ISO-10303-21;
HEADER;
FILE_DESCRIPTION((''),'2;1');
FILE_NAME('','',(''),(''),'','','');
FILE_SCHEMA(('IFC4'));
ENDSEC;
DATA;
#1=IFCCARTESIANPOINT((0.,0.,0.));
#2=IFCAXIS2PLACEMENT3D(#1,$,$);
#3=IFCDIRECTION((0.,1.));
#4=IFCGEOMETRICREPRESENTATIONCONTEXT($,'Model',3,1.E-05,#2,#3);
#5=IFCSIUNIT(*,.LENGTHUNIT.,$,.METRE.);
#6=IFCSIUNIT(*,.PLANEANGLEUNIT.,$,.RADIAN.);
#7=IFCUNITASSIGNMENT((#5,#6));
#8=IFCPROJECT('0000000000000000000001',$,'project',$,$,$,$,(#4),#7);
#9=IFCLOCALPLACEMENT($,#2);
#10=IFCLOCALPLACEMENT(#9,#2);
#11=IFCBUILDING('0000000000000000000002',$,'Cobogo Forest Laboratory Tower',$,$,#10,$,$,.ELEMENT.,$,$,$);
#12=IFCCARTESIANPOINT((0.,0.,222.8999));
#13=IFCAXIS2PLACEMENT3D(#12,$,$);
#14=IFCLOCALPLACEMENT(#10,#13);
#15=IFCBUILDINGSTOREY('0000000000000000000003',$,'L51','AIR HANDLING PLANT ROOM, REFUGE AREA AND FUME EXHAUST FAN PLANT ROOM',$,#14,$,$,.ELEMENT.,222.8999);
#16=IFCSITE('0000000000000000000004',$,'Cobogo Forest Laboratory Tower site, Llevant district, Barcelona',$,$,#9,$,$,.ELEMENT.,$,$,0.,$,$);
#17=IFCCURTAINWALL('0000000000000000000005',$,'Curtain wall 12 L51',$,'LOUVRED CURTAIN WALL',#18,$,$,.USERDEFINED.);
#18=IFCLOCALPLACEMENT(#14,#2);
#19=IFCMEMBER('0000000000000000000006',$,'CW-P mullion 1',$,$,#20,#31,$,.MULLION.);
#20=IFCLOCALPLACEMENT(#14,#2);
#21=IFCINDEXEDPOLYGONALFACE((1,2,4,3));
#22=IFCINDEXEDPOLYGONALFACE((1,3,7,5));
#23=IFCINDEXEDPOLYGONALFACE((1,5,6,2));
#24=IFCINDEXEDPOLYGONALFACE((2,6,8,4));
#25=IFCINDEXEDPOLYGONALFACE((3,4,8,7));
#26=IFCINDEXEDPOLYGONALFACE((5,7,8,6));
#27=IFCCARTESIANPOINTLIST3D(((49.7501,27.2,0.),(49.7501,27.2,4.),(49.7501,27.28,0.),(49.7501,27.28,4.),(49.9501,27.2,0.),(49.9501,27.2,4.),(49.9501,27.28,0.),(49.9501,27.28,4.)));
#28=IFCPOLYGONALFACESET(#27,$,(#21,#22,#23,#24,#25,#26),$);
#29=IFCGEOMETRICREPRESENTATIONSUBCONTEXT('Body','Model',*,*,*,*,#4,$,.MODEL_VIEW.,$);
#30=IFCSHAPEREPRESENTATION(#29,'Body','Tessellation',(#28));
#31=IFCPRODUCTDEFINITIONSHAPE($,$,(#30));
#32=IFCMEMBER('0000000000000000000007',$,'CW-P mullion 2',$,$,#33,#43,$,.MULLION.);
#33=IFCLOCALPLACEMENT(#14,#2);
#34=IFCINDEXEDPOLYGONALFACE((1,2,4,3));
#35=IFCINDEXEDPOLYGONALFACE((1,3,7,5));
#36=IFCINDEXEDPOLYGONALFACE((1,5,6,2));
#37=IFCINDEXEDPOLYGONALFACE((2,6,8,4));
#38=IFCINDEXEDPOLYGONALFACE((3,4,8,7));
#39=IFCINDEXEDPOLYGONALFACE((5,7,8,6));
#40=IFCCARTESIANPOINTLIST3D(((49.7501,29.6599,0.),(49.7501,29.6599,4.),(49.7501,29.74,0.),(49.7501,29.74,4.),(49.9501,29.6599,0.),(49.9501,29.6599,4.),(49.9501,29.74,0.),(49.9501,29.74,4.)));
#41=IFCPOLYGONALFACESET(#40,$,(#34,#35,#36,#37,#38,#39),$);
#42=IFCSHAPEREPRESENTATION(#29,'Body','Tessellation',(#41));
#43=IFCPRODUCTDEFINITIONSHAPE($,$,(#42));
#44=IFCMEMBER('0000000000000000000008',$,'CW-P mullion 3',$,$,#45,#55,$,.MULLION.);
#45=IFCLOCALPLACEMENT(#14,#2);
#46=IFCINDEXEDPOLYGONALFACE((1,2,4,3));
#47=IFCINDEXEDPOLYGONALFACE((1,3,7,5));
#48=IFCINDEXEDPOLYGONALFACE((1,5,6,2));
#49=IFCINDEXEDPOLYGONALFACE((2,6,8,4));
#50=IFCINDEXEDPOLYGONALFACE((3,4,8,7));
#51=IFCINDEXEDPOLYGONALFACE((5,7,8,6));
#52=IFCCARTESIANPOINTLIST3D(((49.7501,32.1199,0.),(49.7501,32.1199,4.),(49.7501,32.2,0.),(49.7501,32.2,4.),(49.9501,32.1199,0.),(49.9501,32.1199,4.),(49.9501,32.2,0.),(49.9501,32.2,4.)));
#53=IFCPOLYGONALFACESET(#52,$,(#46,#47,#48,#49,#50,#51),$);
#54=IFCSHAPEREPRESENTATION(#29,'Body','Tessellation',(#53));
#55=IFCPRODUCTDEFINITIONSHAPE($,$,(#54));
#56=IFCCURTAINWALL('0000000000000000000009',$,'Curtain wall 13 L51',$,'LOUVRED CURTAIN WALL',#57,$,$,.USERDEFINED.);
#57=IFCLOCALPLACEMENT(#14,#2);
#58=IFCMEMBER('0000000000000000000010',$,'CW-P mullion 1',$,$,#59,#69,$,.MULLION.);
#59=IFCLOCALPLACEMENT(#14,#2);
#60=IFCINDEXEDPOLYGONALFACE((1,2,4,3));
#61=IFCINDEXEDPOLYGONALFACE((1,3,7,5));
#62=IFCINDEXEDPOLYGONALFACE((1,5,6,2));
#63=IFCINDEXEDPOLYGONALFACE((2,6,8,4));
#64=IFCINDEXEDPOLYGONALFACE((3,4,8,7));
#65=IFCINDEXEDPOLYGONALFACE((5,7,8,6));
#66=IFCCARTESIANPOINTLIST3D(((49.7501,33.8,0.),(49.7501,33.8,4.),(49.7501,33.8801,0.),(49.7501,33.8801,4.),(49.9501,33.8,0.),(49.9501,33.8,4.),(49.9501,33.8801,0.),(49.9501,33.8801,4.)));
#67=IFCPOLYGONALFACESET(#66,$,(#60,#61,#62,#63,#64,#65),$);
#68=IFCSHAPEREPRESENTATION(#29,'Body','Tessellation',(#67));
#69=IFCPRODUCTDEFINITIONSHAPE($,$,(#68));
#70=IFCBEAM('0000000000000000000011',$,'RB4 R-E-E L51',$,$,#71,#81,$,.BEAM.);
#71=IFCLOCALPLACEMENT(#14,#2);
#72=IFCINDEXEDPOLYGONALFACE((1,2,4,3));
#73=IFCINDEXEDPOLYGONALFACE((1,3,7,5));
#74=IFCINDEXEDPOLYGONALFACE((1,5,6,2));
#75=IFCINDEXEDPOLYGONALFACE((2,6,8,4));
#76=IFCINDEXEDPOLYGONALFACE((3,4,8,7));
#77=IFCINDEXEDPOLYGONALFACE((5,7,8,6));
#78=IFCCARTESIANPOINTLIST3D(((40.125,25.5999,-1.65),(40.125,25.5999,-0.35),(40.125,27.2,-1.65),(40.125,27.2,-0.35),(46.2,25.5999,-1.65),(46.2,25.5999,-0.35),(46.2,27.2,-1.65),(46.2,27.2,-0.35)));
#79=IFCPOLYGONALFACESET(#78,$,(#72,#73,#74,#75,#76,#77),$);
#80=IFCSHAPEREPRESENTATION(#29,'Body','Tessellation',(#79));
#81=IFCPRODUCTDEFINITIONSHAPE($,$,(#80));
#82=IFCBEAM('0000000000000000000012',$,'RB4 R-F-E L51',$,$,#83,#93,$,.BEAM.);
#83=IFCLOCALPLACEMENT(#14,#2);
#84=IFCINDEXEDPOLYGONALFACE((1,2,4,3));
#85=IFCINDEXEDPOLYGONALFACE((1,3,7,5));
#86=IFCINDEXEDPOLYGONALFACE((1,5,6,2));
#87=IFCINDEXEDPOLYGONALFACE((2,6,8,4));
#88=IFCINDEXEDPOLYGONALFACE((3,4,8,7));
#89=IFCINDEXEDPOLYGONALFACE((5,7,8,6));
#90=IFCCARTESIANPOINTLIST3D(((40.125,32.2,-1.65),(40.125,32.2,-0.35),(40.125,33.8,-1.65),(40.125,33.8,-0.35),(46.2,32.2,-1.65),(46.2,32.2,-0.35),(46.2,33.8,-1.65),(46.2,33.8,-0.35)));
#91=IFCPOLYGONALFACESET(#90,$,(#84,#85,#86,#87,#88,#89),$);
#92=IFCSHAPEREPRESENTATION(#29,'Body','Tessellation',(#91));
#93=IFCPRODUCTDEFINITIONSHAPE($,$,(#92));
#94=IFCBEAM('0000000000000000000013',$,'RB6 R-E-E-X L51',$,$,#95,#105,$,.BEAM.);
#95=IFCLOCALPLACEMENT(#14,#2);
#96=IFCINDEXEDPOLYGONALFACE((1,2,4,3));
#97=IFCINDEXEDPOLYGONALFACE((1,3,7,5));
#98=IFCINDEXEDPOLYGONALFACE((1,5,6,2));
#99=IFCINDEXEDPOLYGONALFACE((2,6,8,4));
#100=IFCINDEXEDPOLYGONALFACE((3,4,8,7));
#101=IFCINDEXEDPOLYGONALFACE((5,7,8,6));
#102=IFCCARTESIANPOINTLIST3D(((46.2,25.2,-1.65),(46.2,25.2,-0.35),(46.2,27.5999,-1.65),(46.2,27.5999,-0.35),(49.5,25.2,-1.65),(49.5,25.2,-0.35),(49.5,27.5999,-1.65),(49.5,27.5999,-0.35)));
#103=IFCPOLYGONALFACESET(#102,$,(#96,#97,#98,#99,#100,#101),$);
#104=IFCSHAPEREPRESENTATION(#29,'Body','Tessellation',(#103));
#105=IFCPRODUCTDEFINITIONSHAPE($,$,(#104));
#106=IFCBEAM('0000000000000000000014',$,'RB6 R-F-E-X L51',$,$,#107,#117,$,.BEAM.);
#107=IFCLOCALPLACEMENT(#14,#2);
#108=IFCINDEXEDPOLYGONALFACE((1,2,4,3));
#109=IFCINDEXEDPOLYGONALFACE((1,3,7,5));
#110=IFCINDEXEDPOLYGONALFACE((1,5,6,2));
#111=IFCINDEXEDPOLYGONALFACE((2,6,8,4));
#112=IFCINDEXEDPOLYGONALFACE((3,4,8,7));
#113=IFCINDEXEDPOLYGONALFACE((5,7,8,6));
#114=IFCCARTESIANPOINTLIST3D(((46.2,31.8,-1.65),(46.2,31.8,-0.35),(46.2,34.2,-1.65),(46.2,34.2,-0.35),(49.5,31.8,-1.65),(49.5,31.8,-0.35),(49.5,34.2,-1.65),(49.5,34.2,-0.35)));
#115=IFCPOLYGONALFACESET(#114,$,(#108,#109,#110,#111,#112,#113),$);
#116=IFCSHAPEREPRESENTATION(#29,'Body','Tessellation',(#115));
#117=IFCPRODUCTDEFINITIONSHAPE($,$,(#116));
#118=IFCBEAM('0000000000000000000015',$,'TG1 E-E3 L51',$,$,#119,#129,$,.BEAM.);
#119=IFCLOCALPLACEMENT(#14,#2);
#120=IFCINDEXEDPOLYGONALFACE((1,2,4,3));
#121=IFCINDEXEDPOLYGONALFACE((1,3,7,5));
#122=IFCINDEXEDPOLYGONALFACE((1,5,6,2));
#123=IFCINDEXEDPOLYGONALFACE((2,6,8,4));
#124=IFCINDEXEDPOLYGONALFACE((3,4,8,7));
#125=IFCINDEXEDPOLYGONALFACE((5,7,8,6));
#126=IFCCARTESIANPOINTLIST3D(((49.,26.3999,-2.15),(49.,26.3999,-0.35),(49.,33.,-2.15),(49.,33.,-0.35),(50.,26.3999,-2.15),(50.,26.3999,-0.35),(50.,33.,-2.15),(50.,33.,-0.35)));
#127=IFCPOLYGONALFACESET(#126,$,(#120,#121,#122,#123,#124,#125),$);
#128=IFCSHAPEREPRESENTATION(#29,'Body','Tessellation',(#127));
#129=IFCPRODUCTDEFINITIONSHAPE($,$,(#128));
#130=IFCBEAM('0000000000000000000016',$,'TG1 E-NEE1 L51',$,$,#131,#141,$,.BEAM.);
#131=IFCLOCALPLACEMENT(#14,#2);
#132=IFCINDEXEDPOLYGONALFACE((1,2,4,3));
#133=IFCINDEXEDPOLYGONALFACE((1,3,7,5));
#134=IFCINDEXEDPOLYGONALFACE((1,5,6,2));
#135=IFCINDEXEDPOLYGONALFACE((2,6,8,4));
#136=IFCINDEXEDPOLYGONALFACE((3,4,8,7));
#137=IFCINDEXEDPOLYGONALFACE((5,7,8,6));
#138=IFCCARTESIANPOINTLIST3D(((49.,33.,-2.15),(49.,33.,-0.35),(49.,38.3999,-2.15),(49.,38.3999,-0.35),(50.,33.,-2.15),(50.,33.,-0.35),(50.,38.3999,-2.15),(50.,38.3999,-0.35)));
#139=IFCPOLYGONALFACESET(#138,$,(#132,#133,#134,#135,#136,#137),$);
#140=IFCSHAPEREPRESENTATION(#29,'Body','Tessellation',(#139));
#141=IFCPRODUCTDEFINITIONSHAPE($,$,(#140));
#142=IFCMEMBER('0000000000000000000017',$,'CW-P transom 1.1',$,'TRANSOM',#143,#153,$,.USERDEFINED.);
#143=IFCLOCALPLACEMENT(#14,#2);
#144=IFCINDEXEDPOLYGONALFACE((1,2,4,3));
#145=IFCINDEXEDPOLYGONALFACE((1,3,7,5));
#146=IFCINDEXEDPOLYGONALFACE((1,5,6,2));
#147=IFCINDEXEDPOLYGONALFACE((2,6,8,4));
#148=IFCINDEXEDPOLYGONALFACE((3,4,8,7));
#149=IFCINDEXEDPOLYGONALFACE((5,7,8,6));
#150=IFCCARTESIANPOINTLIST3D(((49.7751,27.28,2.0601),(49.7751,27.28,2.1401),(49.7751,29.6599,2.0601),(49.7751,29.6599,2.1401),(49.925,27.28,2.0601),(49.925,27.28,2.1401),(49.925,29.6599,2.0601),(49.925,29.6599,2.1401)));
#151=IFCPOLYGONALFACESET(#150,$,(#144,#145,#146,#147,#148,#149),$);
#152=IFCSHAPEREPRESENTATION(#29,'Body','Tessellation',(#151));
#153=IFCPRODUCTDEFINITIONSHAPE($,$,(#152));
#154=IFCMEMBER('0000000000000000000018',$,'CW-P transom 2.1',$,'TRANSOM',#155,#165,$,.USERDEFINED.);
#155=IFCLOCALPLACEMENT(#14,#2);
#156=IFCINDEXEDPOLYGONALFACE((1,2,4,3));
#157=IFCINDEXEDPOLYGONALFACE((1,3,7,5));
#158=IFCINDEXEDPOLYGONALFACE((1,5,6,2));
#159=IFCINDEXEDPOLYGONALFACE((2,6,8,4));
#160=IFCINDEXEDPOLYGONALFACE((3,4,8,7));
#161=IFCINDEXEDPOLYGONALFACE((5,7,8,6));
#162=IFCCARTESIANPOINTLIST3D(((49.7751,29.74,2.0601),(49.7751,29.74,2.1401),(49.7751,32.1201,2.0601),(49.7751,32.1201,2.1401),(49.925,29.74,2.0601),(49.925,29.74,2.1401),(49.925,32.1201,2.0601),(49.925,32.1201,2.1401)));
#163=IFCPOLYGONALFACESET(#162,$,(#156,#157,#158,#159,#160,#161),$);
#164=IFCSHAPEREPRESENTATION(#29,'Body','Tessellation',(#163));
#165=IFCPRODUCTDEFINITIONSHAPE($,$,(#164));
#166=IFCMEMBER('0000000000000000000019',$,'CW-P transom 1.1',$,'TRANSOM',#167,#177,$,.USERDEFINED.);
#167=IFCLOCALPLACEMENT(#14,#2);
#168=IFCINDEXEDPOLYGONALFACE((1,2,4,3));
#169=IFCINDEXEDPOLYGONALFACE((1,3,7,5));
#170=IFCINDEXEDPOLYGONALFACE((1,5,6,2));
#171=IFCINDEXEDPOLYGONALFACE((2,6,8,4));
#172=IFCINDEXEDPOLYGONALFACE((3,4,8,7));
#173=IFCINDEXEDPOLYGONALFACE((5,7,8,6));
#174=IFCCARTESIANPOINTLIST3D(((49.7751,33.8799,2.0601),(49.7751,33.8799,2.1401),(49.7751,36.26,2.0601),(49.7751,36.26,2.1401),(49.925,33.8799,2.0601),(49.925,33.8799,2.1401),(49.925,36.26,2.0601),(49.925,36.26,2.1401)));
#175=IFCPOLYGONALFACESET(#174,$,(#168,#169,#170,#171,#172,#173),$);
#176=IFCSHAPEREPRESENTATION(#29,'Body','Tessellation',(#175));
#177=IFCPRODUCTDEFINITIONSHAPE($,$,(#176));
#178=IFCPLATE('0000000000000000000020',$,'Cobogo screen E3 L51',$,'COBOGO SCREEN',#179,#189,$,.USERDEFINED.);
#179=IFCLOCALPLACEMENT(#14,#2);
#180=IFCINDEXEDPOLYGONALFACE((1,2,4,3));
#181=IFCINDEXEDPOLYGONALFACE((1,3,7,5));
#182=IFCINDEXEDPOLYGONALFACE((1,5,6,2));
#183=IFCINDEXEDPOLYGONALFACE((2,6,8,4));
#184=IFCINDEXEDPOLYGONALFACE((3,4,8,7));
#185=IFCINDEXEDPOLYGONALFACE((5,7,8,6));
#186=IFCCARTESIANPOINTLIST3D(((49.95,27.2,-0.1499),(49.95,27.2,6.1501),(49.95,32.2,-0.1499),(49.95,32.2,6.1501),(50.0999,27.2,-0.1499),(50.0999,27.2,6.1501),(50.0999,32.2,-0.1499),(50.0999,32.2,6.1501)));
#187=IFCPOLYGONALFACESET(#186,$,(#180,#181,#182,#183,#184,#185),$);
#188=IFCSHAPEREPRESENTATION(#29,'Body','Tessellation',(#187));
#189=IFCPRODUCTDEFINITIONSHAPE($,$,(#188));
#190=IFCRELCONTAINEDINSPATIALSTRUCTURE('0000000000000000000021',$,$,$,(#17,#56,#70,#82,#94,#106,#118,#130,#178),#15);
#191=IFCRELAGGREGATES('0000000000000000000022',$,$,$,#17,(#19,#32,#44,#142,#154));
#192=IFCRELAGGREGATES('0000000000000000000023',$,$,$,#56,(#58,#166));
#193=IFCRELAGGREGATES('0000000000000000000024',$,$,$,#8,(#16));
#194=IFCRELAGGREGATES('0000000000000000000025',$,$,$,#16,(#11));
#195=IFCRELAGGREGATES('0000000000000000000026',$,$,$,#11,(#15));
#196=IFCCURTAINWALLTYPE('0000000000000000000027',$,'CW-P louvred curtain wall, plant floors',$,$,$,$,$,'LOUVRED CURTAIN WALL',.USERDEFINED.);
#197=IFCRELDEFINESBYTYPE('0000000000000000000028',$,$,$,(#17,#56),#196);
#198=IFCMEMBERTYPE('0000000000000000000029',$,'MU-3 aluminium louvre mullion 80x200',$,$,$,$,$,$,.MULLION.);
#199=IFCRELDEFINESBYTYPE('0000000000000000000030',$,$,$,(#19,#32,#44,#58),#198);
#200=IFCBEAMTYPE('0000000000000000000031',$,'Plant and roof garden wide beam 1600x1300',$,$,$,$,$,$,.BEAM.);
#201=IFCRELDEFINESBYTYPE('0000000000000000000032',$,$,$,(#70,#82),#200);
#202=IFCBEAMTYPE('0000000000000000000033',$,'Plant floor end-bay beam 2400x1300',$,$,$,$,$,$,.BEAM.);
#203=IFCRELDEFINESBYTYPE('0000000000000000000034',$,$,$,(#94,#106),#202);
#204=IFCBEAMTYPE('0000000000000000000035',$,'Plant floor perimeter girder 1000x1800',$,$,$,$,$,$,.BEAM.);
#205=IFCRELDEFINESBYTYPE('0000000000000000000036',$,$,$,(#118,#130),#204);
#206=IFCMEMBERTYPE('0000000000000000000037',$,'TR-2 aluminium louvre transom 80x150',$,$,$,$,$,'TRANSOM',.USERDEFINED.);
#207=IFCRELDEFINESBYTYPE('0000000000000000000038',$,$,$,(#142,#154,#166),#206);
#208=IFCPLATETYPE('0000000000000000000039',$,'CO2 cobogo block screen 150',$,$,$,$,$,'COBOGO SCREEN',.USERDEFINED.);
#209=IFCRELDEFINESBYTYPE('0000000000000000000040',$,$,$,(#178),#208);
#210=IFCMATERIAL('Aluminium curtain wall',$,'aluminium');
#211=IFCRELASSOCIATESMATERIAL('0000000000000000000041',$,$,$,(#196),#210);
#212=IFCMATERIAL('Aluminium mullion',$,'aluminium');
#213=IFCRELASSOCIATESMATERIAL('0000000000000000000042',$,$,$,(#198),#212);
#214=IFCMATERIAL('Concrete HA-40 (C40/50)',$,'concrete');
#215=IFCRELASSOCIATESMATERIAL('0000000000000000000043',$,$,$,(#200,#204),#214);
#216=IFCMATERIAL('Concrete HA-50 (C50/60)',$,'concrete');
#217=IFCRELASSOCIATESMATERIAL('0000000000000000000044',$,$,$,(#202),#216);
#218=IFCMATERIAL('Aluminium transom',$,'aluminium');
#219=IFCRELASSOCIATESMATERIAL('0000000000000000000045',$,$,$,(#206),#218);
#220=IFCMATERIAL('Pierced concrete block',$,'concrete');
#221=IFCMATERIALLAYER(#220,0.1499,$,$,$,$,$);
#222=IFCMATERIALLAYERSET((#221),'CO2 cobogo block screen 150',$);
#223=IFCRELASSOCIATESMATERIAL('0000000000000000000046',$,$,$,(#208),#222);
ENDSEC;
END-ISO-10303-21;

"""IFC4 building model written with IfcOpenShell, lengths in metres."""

from ifc_helpers import new_model, si_unit, direction, frame, origin, origin_2d, place, context, subcontext, project, spatial, rectangle, extrude, material, layer, layer_set, material_profile, profile_set, type_object, element, aggregate, save


model = new_model("IFC4")

# Units and contexts
model_context = context("Model", 3, precision=1e-05, world=origin(), true_north=direction((0.0, 1.0)))
body_context = subcontext(model_context, "Body", "Model", "MODEL_VIEW")
ifc_project = project(units=[si_unit("LENGTHUNIT", "METRE"), si_unit("PLANEANGLEUNIT", "RADIAN")], contexts=[model_context])

# Site, building, storey
site_placement = place(None, origin())
site = spatial("IfcSite", under=ifc_project, at=site_placement, Name="Cobogo Forest Laboratory Tower site, Llevant district, Barcelona", CompositionType="ELEMENT", RefElevation=0.0)
building_placement = place(site_placement, origin())
building = spatial("IfcBuilding", under=site, at=building_placement, Name="Cobogo Forest Laboratory Tower", CompositionType="ELEMENT")
storey_placement = place(building_placement, frame((0.0, 0.0, 222.8999)))
storey = spatial("IfcBuildingStorey", under=building, at=storey_placement, Name="L51", Description="AIR HANDLING PLANT ROOM, REFUGE AREA AND FUME EXHAUST FAN PLANT ROOM", CompositionType="ELEMENT", Elevation=222.8999)

# Shared definitions
ifc_material_1 = material(Name="Concrete HA-50 (C50/60)", Category="concrete")

# Shared definitions
ifc_material_2 = material(Name="Aluminium curtain wall", Category="aluminium")
curtain_wall_type = type_object("IfcCurtainWallType", Name="CW-P louvred curtain wall, plant floors", ElementType="LOUVRED CURTAIN WALL", PredefinedType="USERDEFINED", material=ifc_material_2)
ifc_material_3 = material(Name="Aluminium mullion", Category="aluminium")
ifc_material_profile_1 = material_profile(ifc_material_3, rectangle(XDim=0.0801, YDim=0.2, at=origin_2d()), Name="AL 80x200")
ifc_profile_set_1 = profile_set([ifc_material_profile_1], Name="Aluminium mullion")
member_type_1 = type_object("IfcMemberType", Name="MU-3 aluminium louvre mullion 80x200", PredefinedType="MULLION", material=ifc_profile_set_1)

# Curtain wall, members
curtain_wall_1_placement = place(storey_placement, origin())
curtain_wall_1 = element("IfcCurtainWall", 1, at=curtain_wall_1_placement, inside=storey, type_object=curtain_wall_type, Name="Curtain wall 12 L51", ObjectType="LOUVRED CURTAIN WALL", PredefinedType="USERDEFINED")
member_1_placement = place(storey_placement, frame((49.8501, 27.24, 0.0), z_axis=(0.0, 0.0, 1.0), x_axis=(0.0, 1.0, 0.0)))
member_1 = element("IfcMember", 2, at=member_1_placement, type_object=member_type_1, Name="CW-P mullion 1", PredefinedType="MULLION", context=body_context, shape_type="SweptSolid", body=[
    extrude(rectangle(XDim=0.0801, YDim=0.2, at=origin_2d()), origin(), (0.0, 0.0, 1.0), 4.0),
])
member_2_placement = place(storey_placement, frame((49.8501, 29.7, 0.0), z_axis=(0.0, 0.0, 1.0), x_axis=(0.0, 1.0, 0.0)))
member_2 = element("IfcMember", 3, at=member_2_placement, type_object=member_type_1, Name="CW-P mullion 2", PredefinedType="MULLION", context=body_context, shape_type="SweptSolid", body=[
    extrude(rectangle(XDim=0.0801, YDim=0.2, at=origin_2d()), origin(), (0.0, 0.0, 1.0), 4.0),
])
member_3_placement = place(storey_placement, frame((49.8501, 32.1599, 0.0), z_axis=(0.0, 0.0, 1.0), x_axis=(0.0, 1.0, 0.0)))
member_3 = element("IfcMember", 4, at=member_3_placement, type_object=member_type_1, Name="CW-P mullion 3", PredefinedType="MULLION", context=body_context, shape_type="SweptSolid", body=[
    extrude(rectangle(XDim=0.0801, YDim=0.2, at=origin_2d()), origin(), (0.0, 0.0, 1.0), 4.0),
])

# Curtain wall, member
curtain_wall_2_placement = place(storey_placement, origin())
curtain_wall_2 = element("IfcCurtainWall", 5, at=curtain_wall_2_placement, inside=storey, type_object=curtain_wall_type, Name="Curtain wall 13 L51", ObjectType="LOUVRED CURTAIN WALL", PredefinedType="USERDEFINED")
member_4_placement = place(storey_placement, frame((49.8501, 33.8401, 0.0), z_axis=(0.0, 0.0, 1.0), x_axis=(0.0, 1.0, 0.0)))
member_4 = element("IfcMember", 6, at=member_4_placement, type_object=member_type_1, Name="CW-P mullion 1", PredefinedType="MULLION", context=body_context, shape_type="SweptSolid", body=[
    extrude(rectangle(XDim=0.0801, YDim=0.2, at=origin_2d()), origin(), (0.0, 0.0, 1.0), 4.0),
])

# Beams
ifc_material_4 = material(Name="Concrete HA-40 (C40/50)", Category="concrete")
ifc_material_profile_2 = material_profile(ifc_material_4, rectangle(XDim=1.6001, YDim=1.3, at=origin_2d()), Name="RC 1600x1300")
ifc_profile_set_2 = profile_set([ifc_material_profile_2], Name="Concrete HA-40 (C40/50)")
beam_type_1 = type_object("IfcBeamType", Name="Plant and roof garden wide beam 1600x1300", PredefinedType="BEAM", material=ifc_profile_set_2)
for number, where, z_axis, x_axis, name in (
    (7, (40.125, 26.3999, -1.0), (1.0, 0.0, 0.0), (0.0, 1.0, 0.0), "RB4 R-E-E L51"),
    (8, (40.125, 33.0, -1.0), (1.0, 0.0, 0.0), (0.0, 1.0, 0.0), "RB4 R-F-E L51"),
):
    element("IfcBeam", number, at=place(storey_placement, frame(where, z_axis=z_axis, x_axis=x_axis)), inside=storey, type_object=beam_type_1, Name=name, PredefinedType="BEAM", context=body_context, shape_type="SweptSolid", body=[
        extrude(rectangle(XDim=1.6001, YDim=1.3, at=origin_2d()), origin(), (0.0, 0.0, 1.0), 6.075),
    ])
ifc_material_profile_3 = material_profile(ifc_material_1, rectangle(XDim=2.3999, YDim=1.3, at=origin_2d()), Name="RC 2400x1300")
ifc_profile_set_3 = profile_set([ifc_material_profile_3], Name="Concrete HA-50 (C50/60)")
beam_type_2 = type_object("IfcBeamType", Name="Plant floor end-bay beam 2400x1300", PredefinedType="BEAM", material=ifc_profile_set_3)
for number, where, z_axis, x_axis, name in (
    (9, (49.5, 26.3999, -1.0), (-1.0, 0.0, 0.0), (0.0, -1.0, 0.0), "RB6 R-E-E-X L51"),
    (10, (49.5, 33.0, -1.0), (-1.0, 0.0, 0.0), (0.0, -1.0, 0.0), "RB6 R-F-E-X L51"),
):
    element("IfcBeam", number, at=place(storey_placement, frame(where, z_axis=z_axis, x_axis=x_axis)), inside=storey, type_object=beam_type_2, Name=name, PredefinedType="BEAM", context=body_context, shape_type="SweptSolid", body=[
        extrude(rectangle(XDim=2.3999, YDim=1.3, at=origin_2d()), origin(), (0.0, 0.0, 1.0), 3.3),
    ])
ifc_material_profile_4 = material_profile(ifc_material_4, rectangle(XDim=1.0, YDim=1.8, at=origin_2d()), Name="RC 1000x1800")
ifc_profile_set_4 = profile_set([ifc_material_profile_4], Name="Concrete HA-40 (C40/50)")
beam_type_3 = type_object("IfcBeamType", Name="Plant floor perimeter girder 1000x1800", PredefinedType="BEAM", material=ifc_profile_set_4)
beam_1_placement = place(storey_placement, frame((49.5, 26.3999, -1.25), z_axis=(0.0, 1.0, 0.0), x_axis=(-1.0, 0.0, 0.0)))
element("IfcBeam", 11, at=beam_1_placement, inside=storey, type_object=beam_type_3, Name="TG1 E-E3 L51", PredefinedType="BEAM", context=body_context, shape_type="SweptSolid", body=[
    extrude(rectangle(XDim=1.0, YDim=1.8, at=origin_2d()), origin(), (0.0, 0.0, 1.0), 6.6001),
])
beam_2_placement = place(storey_placement, frame((49.5, 33.0, -1.25), z_axis=(0.0, 1.0, 0.0), x_axis=(-1.0, 0.0, 0.0)))
element("IfcBeam", 12, at=beam_2_placement, inside=storey, type_object=beam_type_3, Name="TG1 E-NEE1 L51", PredefinedType="BEAM", context=body_context, shape_type="SweptSolid", body=[
    extrude(rectangle(XDim=1.0, YDim=1.8, at=origin_2d()), origin(), (0.0, 0.0, 1.0), 5.3999),
])

# Members
ifc_material_5 = material(Name="Aluminium transom", Category="aluminium")
ifc_material_profile_5 = material_profile(ifc_material_5, rectangle(XDim=0.1499, YDim=0.0801, at=origin_2d()), Name="AL 80x150")
ifc_profile_set_5 = profile_set([ifc_material_profile_5], Name="Aluminium transom")
member_type_2 = type_object("IfcMemberType", Name="TR-2 aluminium louvre transom 80x150", ElementType="TRANSOM", PredefinedType="USERDEFINED", material=ifc_profile_set_5)
member_5_placement = place(storey_placement, frame((49.8501, 27.28, 2.1001), z_axis=(0.0, 1.0, 0.0), x_axis=(-1.0, 0.0, 0.0)))
member_5 = element("IfcMember", 13, at=member_5_placement, type_object=member_type_2, Name="CW-P transom 1.1", ObjectType="TRANSOM", PredefinedType="USERDEFINED", context=body_context, shape_type="SweptSolid", body=[
    extrude(rectangle(XDim=0.1499, YDim=0.0801, at=origin_2d()), origin(), (0.0, 0.0, 1.0), 2.3799),
])
member_6_placement = place(storey_placement, frame((49.8501, 29.74, 2.1001), z_axis=(0.0, 1.0, 0.0), x_axis=(-1.0, 0.0, 0.0)))
member_6 = element("IfcMember", 14, at=member_6_placement, type_object=member_type_2, Name="CW-P transom 2.1", ObjectType="TRANSOM", PredefinedType="USERDEFINED", context=body_context, shape_type="SweptSolid", body=[
    extrude(rectangle(XDim=0.1499, YDim=0.0801, at=origin_2d()), origin(), (0.0, 0.0, 1.0), 2.3801),
])
member_7_placement = place(storey_placement, frame((49.8501, 33.8799, 2.1001), z_axis=(0.0, 1.0, 0.0), x_axis=(-1.0, 0.0, 0.0)))
member_7 = element("IfcMember", 15, at=member_7_placement, type_object=member_type_2, Name="CW-P transom 1.1", ObjectType="TRANSOM", PredefinedType="USERDEFINED", context=body_context, shape_type="SweptSolid", body=[
    extrude(rectangle(XDim=0.1499, YDim=0.0801, at=origin_2d()), origin(), (0.0, 0.0, 1.0), 2.3801),
])

# Plate
ifc_material_6 = material(Name="Pierced concrete block", Category="concrete")
ifc_layer_1 = layer(ifc_material_6, 0.1499)
ifc_layer_set_1 = layer_set([ifc_layer_1], Name="CO2 cobogo block screen 150")
plate_type_1 = type_object("IfcPlateType", Name="CO2 cobogo block screen 150", ElementType="COBOGO SCREEN", PredefinedType="USERDEFINED", material=ifc_layer_set_1)
plate_1_placement = place(storey_placement, frame((50.0249, 29.7, -0.1499), z_axis=(0.0, 0.0, 1.0), x_axis=(0.0, 1.0, 0.0)))
element("IfcPlate", 16, at=plate_1_placement, inside=storey, type_object=plate_type_1, Name="Cobogo screen E3 L51", ObjectType="COBOGO SCREEN", PredefinedType="USERDEFINED", context=body_context, shape_type="SweptSolid", body=[
    extrude(rectangle(XDim=5.0, YDim=0.1499, at=origin_2d()), origin(), (0.0, 0.0, 1.0), 6.3),
])
aggregate(curtain_wall_1, [member_1, member_2, member_3, member_5, member_6])
aggregate(curtain_wall_2, [member_4, member_7])

save(model, "model.ifc")
